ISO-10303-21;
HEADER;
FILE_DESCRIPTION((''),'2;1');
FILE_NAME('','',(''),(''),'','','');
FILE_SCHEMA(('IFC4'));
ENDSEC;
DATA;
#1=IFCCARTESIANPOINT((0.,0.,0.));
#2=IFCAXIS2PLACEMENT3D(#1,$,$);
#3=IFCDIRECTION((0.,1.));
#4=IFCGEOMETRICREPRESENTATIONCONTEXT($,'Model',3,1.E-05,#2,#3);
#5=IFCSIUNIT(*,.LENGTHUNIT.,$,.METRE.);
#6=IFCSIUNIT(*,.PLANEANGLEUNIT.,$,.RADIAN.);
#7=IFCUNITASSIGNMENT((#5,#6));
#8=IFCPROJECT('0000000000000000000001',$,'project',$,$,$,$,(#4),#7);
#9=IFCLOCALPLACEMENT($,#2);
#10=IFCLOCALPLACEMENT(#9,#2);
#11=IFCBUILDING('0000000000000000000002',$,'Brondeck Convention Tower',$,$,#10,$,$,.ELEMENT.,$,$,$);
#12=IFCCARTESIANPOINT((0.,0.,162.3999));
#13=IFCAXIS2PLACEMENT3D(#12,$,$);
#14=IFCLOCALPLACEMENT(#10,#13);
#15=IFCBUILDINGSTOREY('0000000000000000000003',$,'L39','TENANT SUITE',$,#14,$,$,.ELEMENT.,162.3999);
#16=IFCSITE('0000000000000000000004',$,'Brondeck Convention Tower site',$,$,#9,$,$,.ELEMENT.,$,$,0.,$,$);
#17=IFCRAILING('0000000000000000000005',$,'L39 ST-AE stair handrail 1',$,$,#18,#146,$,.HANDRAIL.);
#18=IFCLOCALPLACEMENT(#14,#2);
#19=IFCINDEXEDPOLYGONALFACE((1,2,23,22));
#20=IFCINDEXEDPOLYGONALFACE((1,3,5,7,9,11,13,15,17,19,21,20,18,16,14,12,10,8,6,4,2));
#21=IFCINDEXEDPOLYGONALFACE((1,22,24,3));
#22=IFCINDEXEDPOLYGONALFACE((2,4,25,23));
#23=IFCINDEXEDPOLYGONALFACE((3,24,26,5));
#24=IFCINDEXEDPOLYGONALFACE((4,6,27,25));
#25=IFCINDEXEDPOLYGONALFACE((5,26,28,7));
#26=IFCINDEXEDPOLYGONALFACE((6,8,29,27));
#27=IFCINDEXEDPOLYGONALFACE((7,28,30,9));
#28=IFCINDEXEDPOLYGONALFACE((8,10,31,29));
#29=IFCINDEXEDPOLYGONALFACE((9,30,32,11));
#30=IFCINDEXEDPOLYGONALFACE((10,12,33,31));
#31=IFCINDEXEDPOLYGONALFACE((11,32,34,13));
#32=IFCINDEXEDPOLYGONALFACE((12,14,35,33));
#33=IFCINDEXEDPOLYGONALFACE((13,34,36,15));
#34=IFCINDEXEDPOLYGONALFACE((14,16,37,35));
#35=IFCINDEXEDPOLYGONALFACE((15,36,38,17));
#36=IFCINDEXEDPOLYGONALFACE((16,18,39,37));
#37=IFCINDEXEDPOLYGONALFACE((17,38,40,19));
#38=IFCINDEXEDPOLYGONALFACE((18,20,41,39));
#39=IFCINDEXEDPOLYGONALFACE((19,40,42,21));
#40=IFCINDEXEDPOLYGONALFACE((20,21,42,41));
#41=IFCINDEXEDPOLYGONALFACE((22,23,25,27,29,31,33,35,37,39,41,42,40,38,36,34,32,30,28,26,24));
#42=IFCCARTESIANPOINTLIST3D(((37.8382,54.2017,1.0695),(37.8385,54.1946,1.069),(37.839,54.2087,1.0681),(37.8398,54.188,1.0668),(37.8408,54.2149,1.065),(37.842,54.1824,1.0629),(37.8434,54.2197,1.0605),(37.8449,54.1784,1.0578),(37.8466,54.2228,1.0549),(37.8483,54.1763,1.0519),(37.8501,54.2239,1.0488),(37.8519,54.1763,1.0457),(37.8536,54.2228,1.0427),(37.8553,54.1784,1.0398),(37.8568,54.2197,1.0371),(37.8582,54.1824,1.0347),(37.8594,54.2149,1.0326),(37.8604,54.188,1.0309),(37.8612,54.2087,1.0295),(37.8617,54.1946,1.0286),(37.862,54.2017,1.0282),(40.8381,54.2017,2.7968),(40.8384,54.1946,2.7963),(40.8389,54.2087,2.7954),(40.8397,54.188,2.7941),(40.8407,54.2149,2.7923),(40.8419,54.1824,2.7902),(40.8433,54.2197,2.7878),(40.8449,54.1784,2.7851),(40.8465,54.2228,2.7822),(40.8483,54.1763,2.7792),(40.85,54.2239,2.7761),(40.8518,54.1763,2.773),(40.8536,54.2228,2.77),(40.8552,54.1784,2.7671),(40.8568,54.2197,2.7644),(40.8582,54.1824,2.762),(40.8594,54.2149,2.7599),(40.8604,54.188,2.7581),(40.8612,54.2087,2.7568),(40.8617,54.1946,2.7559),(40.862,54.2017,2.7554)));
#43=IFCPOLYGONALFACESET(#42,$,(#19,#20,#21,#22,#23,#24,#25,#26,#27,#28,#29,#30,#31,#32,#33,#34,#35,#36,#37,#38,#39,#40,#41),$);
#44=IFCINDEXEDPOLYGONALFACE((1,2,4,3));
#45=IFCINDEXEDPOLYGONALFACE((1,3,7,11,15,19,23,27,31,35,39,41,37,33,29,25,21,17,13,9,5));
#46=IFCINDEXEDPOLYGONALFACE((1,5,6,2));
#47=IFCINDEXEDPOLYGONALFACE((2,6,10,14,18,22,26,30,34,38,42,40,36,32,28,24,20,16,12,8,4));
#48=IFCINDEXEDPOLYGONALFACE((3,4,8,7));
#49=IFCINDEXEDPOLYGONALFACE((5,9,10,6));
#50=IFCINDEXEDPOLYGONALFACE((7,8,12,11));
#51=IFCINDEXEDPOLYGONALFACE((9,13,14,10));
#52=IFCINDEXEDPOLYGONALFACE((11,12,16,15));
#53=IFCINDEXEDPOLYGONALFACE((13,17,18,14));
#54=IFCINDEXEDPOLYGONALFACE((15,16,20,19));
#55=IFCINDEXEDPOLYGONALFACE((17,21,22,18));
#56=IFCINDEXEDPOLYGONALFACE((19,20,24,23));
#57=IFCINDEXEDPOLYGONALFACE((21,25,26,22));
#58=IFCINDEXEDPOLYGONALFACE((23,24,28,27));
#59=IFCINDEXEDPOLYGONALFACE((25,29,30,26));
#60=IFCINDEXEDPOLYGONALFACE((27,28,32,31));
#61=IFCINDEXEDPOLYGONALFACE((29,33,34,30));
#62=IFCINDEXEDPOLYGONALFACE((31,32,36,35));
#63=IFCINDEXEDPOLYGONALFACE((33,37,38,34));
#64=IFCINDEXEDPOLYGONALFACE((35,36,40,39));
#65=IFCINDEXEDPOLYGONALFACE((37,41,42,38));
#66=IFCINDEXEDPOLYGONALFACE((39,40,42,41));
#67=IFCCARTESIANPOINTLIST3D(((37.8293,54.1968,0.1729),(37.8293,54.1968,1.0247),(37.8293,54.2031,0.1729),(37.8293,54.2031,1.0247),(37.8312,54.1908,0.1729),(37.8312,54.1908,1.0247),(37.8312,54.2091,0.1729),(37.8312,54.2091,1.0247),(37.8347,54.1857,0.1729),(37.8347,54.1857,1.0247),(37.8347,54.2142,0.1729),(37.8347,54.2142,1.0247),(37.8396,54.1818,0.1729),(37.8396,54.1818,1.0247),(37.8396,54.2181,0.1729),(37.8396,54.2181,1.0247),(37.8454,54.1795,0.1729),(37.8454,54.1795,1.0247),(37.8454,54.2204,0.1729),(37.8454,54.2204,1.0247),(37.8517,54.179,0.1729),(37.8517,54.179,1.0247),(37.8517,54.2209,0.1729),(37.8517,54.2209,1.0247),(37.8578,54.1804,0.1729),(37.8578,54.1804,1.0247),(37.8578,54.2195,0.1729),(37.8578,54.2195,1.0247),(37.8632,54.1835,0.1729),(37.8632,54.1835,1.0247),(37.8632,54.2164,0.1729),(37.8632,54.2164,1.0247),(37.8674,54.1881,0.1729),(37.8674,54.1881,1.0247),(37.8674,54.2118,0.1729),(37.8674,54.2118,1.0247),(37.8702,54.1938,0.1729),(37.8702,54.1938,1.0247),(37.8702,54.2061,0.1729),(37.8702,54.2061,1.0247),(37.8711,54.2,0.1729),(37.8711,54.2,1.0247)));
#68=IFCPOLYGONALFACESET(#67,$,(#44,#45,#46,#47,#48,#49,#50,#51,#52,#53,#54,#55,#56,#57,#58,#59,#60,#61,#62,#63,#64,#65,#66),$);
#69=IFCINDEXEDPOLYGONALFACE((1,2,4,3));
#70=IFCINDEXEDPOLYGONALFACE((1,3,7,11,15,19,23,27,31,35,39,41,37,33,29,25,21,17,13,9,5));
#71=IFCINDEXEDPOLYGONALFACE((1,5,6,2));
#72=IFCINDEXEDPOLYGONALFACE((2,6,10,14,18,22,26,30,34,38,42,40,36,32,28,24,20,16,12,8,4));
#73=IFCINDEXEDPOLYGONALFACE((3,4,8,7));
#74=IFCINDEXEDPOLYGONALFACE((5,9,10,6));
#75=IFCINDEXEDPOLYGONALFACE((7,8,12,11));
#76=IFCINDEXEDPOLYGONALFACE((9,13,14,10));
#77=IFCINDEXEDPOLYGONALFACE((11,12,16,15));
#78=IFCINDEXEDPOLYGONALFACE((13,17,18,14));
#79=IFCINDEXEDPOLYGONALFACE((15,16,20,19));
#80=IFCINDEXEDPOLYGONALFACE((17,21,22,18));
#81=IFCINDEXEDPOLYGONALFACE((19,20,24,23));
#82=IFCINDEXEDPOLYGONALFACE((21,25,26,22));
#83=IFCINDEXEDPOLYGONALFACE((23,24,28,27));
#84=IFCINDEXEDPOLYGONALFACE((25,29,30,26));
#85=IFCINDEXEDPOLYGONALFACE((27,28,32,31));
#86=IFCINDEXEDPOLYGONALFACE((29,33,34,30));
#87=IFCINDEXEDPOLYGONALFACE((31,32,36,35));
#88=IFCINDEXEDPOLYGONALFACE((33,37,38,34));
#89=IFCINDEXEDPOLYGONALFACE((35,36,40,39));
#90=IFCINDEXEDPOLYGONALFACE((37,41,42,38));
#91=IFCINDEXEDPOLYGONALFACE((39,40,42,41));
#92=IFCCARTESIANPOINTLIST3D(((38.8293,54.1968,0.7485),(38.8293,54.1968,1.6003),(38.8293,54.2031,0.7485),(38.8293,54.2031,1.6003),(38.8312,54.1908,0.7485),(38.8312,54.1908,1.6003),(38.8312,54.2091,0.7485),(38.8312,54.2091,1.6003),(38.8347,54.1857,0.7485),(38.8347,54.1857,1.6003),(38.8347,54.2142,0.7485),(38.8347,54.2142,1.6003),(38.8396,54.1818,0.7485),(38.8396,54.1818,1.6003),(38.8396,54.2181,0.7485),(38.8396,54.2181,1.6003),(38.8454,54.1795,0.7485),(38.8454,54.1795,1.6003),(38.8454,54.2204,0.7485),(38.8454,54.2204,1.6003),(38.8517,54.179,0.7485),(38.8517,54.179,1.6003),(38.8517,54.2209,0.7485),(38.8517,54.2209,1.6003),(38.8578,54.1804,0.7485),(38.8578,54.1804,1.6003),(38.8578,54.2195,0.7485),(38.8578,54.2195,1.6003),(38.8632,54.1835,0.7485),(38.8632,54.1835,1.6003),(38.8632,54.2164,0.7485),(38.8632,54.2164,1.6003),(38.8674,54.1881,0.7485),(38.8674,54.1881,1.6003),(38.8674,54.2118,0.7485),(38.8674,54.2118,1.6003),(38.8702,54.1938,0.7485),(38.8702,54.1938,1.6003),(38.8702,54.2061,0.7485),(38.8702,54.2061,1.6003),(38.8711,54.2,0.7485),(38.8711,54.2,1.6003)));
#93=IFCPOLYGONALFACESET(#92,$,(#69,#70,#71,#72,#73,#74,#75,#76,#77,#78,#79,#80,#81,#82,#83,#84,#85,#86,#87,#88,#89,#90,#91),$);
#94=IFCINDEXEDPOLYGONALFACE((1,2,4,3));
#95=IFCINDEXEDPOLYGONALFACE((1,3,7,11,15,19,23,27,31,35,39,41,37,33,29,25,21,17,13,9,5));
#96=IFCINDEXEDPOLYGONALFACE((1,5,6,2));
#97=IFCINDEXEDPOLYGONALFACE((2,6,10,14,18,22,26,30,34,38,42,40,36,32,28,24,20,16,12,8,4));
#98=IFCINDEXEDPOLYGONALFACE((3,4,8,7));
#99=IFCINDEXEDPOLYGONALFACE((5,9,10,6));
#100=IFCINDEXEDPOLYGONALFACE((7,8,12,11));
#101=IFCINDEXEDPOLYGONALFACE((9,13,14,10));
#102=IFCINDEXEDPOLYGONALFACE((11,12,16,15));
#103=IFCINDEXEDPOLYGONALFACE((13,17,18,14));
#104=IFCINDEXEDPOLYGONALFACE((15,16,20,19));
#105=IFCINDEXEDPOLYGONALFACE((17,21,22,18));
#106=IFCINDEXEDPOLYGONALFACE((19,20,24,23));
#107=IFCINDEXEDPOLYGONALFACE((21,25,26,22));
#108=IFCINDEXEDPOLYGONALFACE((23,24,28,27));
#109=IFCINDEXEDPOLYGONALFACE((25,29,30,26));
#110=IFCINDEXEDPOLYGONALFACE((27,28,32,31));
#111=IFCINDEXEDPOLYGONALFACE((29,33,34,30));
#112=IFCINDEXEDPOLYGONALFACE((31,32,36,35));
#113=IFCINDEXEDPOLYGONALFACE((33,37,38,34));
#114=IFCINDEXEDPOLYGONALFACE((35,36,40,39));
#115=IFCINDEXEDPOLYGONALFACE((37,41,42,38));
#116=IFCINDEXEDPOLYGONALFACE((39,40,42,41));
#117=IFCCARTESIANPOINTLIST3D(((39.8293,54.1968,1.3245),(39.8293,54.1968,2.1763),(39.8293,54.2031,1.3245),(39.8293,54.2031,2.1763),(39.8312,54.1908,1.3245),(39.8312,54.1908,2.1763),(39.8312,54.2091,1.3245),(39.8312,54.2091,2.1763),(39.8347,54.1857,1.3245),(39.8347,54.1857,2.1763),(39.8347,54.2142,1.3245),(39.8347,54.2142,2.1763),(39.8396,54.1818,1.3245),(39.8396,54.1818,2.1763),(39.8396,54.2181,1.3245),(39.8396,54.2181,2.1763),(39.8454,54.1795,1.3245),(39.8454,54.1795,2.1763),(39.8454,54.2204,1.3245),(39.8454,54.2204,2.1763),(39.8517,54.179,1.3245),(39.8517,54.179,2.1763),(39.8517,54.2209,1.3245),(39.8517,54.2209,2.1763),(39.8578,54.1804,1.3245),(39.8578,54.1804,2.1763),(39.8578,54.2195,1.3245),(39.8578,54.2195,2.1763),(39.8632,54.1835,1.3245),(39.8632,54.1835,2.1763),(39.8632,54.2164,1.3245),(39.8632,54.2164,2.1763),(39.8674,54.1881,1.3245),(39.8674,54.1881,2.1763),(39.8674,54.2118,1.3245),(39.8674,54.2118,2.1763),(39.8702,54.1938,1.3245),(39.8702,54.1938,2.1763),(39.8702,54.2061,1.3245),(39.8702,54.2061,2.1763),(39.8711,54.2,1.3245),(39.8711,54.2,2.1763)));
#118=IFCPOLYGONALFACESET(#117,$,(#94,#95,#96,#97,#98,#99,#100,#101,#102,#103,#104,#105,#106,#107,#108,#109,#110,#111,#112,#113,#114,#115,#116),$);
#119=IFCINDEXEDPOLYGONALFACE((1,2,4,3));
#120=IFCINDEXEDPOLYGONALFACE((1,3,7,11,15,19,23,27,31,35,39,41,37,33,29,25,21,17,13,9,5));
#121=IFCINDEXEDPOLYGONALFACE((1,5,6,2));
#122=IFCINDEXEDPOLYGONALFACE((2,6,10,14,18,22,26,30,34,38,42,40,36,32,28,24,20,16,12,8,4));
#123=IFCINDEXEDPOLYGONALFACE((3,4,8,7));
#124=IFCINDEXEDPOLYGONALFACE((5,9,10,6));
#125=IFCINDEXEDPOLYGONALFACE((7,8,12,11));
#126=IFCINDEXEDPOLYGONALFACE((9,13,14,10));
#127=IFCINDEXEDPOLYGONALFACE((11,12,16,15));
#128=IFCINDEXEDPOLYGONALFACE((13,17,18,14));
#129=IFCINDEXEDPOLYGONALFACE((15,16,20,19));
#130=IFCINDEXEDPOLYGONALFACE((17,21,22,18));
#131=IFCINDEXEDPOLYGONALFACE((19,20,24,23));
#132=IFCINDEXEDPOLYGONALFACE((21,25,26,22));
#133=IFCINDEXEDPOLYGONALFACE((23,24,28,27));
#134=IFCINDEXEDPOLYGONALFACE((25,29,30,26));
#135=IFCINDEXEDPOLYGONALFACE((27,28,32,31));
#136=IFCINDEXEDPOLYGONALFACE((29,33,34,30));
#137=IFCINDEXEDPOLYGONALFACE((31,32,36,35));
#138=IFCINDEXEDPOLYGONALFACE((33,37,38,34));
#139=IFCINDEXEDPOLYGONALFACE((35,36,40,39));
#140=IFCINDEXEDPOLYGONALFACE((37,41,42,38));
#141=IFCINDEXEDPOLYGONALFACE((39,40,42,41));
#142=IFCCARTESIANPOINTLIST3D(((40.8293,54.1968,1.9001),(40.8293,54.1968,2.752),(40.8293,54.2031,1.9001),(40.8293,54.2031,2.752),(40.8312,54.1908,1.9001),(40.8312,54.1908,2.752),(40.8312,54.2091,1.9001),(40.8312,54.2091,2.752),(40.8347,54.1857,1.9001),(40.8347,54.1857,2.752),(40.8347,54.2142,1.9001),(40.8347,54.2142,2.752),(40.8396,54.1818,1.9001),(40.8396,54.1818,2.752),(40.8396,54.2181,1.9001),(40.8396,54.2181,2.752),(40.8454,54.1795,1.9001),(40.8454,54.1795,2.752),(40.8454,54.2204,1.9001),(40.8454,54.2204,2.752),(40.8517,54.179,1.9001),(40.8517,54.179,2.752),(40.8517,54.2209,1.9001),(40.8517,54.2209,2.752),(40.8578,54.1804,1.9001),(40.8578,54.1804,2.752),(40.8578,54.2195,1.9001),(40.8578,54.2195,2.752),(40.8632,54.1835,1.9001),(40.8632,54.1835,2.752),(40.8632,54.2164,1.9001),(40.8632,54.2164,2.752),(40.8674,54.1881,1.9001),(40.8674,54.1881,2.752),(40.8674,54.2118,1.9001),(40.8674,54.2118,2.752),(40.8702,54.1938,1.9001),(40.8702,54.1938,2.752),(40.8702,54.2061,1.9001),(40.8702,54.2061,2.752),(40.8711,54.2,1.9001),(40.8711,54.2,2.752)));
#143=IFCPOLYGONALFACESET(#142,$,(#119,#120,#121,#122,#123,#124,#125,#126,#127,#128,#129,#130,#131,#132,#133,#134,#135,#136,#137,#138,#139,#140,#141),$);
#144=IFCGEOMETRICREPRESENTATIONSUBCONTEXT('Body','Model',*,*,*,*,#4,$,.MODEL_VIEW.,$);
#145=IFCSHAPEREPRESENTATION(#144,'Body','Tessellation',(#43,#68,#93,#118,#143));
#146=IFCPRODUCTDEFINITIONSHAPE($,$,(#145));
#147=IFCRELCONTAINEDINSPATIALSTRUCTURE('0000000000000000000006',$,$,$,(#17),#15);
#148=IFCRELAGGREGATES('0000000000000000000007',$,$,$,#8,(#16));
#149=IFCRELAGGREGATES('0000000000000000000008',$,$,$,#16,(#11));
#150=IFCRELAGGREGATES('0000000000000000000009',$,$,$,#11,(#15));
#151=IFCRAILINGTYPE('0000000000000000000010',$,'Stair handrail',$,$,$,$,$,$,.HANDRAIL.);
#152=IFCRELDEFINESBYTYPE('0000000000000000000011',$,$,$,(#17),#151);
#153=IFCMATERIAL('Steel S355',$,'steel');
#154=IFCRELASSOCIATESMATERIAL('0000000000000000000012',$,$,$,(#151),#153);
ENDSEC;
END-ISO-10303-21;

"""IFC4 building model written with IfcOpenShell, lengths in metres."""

from ifc_helpers import new_model, si_unit, direction, frame, origin, origin_2d, place, context, subcontext, project, spatial, circle, extrude, material, type_object, element, save


model = new_model("IFC4")

# Units and contexts
model_context = context("Model", 3, precision=1e-05, world=origin(), true_north=direction((0.0, 1.0)))
body_context = subcontext(model_context, "Body", "Model", "MODEL_VIEW")
ifc_project = project(units=[si_unit("LENGTHUNIT", "METRE"), si_unit("PLANEANGLEUNIT", "RADIAN")], contexts=[model_context])

# Site, building, storey
site_placement = place(None, origin())
site = spatial("IfcSite", under=ifc_project, at=site_placement, Name="Brondeck Convention Tower site", CompositionType="ELEMENT", RefElevation=0.0)
building_placement = place(site_placement, origin())
building = spatial("IfcBuilding", under=site, at=building_placement, Name="Brondeck Convention Tower", CompositionType="ELEMENT")
storey_placement = place(building_placement, frame((0.0, 0.0, 162.3999)))
storey = spatial("IfcBuildingStorey", under=building, at=storey_placement, Name="L39", Description="TENANT SUITE", CompositionType="ELEMENT", Elevation=162.3999)

# Shared definitions
ifc_material_1 = material(Name="Steel S355", Category="steel")

# Railing
railing_type_1 = type_object("IfcRailingType", Name="Stair handrail", PredefinedType="HANDRAIL", material=ifc_material_1)
railing_1_placement = place(storey_placement, frame((37.8501, 54.2, 0.1729)))
element("IfcRailing", 1, at=railing_1_placement, inside=storey, type_object=railing_type_1, Name="L39 ST-AE stair handrail 1", PredefinedType="HANDRAIL", context=body_context, shape_type="SweptSolid", body=[
    extrude(circle(Radius=0.0239, at=origin_2d()), frame((0.0, 0.0, 0.876), z_axis=(0.86662, 0.0, 0.498969), x_axis=(0.0, 1.0, 0.0)), (0.0, 0.0, 1.0), 3.4617),
    extrude(circle(Radius=0.021, at=origin_2d()), origin(), (0.0, 0.0, 1.0), 0.8518),
    extrude(circle(Radius=0.021, at=origin_2d()), frame((1.0, 0.0, 0.5757)), (0.0, 0.0, 1.0), 0.8518),
    extrude(circle(Radius=0.021, at=origin_2d()), frame((2.0, 0.0, 1.1516)), (0.0, 0.0, 1.0), 0.8518),
    extrude(circle(Radius=0.021, at=origin_2d()), frame((3.0, 0.0, 1.7273)), (0.0, 0.0, 1.0), 0.8518),
])

save(model, "model.ifc")
